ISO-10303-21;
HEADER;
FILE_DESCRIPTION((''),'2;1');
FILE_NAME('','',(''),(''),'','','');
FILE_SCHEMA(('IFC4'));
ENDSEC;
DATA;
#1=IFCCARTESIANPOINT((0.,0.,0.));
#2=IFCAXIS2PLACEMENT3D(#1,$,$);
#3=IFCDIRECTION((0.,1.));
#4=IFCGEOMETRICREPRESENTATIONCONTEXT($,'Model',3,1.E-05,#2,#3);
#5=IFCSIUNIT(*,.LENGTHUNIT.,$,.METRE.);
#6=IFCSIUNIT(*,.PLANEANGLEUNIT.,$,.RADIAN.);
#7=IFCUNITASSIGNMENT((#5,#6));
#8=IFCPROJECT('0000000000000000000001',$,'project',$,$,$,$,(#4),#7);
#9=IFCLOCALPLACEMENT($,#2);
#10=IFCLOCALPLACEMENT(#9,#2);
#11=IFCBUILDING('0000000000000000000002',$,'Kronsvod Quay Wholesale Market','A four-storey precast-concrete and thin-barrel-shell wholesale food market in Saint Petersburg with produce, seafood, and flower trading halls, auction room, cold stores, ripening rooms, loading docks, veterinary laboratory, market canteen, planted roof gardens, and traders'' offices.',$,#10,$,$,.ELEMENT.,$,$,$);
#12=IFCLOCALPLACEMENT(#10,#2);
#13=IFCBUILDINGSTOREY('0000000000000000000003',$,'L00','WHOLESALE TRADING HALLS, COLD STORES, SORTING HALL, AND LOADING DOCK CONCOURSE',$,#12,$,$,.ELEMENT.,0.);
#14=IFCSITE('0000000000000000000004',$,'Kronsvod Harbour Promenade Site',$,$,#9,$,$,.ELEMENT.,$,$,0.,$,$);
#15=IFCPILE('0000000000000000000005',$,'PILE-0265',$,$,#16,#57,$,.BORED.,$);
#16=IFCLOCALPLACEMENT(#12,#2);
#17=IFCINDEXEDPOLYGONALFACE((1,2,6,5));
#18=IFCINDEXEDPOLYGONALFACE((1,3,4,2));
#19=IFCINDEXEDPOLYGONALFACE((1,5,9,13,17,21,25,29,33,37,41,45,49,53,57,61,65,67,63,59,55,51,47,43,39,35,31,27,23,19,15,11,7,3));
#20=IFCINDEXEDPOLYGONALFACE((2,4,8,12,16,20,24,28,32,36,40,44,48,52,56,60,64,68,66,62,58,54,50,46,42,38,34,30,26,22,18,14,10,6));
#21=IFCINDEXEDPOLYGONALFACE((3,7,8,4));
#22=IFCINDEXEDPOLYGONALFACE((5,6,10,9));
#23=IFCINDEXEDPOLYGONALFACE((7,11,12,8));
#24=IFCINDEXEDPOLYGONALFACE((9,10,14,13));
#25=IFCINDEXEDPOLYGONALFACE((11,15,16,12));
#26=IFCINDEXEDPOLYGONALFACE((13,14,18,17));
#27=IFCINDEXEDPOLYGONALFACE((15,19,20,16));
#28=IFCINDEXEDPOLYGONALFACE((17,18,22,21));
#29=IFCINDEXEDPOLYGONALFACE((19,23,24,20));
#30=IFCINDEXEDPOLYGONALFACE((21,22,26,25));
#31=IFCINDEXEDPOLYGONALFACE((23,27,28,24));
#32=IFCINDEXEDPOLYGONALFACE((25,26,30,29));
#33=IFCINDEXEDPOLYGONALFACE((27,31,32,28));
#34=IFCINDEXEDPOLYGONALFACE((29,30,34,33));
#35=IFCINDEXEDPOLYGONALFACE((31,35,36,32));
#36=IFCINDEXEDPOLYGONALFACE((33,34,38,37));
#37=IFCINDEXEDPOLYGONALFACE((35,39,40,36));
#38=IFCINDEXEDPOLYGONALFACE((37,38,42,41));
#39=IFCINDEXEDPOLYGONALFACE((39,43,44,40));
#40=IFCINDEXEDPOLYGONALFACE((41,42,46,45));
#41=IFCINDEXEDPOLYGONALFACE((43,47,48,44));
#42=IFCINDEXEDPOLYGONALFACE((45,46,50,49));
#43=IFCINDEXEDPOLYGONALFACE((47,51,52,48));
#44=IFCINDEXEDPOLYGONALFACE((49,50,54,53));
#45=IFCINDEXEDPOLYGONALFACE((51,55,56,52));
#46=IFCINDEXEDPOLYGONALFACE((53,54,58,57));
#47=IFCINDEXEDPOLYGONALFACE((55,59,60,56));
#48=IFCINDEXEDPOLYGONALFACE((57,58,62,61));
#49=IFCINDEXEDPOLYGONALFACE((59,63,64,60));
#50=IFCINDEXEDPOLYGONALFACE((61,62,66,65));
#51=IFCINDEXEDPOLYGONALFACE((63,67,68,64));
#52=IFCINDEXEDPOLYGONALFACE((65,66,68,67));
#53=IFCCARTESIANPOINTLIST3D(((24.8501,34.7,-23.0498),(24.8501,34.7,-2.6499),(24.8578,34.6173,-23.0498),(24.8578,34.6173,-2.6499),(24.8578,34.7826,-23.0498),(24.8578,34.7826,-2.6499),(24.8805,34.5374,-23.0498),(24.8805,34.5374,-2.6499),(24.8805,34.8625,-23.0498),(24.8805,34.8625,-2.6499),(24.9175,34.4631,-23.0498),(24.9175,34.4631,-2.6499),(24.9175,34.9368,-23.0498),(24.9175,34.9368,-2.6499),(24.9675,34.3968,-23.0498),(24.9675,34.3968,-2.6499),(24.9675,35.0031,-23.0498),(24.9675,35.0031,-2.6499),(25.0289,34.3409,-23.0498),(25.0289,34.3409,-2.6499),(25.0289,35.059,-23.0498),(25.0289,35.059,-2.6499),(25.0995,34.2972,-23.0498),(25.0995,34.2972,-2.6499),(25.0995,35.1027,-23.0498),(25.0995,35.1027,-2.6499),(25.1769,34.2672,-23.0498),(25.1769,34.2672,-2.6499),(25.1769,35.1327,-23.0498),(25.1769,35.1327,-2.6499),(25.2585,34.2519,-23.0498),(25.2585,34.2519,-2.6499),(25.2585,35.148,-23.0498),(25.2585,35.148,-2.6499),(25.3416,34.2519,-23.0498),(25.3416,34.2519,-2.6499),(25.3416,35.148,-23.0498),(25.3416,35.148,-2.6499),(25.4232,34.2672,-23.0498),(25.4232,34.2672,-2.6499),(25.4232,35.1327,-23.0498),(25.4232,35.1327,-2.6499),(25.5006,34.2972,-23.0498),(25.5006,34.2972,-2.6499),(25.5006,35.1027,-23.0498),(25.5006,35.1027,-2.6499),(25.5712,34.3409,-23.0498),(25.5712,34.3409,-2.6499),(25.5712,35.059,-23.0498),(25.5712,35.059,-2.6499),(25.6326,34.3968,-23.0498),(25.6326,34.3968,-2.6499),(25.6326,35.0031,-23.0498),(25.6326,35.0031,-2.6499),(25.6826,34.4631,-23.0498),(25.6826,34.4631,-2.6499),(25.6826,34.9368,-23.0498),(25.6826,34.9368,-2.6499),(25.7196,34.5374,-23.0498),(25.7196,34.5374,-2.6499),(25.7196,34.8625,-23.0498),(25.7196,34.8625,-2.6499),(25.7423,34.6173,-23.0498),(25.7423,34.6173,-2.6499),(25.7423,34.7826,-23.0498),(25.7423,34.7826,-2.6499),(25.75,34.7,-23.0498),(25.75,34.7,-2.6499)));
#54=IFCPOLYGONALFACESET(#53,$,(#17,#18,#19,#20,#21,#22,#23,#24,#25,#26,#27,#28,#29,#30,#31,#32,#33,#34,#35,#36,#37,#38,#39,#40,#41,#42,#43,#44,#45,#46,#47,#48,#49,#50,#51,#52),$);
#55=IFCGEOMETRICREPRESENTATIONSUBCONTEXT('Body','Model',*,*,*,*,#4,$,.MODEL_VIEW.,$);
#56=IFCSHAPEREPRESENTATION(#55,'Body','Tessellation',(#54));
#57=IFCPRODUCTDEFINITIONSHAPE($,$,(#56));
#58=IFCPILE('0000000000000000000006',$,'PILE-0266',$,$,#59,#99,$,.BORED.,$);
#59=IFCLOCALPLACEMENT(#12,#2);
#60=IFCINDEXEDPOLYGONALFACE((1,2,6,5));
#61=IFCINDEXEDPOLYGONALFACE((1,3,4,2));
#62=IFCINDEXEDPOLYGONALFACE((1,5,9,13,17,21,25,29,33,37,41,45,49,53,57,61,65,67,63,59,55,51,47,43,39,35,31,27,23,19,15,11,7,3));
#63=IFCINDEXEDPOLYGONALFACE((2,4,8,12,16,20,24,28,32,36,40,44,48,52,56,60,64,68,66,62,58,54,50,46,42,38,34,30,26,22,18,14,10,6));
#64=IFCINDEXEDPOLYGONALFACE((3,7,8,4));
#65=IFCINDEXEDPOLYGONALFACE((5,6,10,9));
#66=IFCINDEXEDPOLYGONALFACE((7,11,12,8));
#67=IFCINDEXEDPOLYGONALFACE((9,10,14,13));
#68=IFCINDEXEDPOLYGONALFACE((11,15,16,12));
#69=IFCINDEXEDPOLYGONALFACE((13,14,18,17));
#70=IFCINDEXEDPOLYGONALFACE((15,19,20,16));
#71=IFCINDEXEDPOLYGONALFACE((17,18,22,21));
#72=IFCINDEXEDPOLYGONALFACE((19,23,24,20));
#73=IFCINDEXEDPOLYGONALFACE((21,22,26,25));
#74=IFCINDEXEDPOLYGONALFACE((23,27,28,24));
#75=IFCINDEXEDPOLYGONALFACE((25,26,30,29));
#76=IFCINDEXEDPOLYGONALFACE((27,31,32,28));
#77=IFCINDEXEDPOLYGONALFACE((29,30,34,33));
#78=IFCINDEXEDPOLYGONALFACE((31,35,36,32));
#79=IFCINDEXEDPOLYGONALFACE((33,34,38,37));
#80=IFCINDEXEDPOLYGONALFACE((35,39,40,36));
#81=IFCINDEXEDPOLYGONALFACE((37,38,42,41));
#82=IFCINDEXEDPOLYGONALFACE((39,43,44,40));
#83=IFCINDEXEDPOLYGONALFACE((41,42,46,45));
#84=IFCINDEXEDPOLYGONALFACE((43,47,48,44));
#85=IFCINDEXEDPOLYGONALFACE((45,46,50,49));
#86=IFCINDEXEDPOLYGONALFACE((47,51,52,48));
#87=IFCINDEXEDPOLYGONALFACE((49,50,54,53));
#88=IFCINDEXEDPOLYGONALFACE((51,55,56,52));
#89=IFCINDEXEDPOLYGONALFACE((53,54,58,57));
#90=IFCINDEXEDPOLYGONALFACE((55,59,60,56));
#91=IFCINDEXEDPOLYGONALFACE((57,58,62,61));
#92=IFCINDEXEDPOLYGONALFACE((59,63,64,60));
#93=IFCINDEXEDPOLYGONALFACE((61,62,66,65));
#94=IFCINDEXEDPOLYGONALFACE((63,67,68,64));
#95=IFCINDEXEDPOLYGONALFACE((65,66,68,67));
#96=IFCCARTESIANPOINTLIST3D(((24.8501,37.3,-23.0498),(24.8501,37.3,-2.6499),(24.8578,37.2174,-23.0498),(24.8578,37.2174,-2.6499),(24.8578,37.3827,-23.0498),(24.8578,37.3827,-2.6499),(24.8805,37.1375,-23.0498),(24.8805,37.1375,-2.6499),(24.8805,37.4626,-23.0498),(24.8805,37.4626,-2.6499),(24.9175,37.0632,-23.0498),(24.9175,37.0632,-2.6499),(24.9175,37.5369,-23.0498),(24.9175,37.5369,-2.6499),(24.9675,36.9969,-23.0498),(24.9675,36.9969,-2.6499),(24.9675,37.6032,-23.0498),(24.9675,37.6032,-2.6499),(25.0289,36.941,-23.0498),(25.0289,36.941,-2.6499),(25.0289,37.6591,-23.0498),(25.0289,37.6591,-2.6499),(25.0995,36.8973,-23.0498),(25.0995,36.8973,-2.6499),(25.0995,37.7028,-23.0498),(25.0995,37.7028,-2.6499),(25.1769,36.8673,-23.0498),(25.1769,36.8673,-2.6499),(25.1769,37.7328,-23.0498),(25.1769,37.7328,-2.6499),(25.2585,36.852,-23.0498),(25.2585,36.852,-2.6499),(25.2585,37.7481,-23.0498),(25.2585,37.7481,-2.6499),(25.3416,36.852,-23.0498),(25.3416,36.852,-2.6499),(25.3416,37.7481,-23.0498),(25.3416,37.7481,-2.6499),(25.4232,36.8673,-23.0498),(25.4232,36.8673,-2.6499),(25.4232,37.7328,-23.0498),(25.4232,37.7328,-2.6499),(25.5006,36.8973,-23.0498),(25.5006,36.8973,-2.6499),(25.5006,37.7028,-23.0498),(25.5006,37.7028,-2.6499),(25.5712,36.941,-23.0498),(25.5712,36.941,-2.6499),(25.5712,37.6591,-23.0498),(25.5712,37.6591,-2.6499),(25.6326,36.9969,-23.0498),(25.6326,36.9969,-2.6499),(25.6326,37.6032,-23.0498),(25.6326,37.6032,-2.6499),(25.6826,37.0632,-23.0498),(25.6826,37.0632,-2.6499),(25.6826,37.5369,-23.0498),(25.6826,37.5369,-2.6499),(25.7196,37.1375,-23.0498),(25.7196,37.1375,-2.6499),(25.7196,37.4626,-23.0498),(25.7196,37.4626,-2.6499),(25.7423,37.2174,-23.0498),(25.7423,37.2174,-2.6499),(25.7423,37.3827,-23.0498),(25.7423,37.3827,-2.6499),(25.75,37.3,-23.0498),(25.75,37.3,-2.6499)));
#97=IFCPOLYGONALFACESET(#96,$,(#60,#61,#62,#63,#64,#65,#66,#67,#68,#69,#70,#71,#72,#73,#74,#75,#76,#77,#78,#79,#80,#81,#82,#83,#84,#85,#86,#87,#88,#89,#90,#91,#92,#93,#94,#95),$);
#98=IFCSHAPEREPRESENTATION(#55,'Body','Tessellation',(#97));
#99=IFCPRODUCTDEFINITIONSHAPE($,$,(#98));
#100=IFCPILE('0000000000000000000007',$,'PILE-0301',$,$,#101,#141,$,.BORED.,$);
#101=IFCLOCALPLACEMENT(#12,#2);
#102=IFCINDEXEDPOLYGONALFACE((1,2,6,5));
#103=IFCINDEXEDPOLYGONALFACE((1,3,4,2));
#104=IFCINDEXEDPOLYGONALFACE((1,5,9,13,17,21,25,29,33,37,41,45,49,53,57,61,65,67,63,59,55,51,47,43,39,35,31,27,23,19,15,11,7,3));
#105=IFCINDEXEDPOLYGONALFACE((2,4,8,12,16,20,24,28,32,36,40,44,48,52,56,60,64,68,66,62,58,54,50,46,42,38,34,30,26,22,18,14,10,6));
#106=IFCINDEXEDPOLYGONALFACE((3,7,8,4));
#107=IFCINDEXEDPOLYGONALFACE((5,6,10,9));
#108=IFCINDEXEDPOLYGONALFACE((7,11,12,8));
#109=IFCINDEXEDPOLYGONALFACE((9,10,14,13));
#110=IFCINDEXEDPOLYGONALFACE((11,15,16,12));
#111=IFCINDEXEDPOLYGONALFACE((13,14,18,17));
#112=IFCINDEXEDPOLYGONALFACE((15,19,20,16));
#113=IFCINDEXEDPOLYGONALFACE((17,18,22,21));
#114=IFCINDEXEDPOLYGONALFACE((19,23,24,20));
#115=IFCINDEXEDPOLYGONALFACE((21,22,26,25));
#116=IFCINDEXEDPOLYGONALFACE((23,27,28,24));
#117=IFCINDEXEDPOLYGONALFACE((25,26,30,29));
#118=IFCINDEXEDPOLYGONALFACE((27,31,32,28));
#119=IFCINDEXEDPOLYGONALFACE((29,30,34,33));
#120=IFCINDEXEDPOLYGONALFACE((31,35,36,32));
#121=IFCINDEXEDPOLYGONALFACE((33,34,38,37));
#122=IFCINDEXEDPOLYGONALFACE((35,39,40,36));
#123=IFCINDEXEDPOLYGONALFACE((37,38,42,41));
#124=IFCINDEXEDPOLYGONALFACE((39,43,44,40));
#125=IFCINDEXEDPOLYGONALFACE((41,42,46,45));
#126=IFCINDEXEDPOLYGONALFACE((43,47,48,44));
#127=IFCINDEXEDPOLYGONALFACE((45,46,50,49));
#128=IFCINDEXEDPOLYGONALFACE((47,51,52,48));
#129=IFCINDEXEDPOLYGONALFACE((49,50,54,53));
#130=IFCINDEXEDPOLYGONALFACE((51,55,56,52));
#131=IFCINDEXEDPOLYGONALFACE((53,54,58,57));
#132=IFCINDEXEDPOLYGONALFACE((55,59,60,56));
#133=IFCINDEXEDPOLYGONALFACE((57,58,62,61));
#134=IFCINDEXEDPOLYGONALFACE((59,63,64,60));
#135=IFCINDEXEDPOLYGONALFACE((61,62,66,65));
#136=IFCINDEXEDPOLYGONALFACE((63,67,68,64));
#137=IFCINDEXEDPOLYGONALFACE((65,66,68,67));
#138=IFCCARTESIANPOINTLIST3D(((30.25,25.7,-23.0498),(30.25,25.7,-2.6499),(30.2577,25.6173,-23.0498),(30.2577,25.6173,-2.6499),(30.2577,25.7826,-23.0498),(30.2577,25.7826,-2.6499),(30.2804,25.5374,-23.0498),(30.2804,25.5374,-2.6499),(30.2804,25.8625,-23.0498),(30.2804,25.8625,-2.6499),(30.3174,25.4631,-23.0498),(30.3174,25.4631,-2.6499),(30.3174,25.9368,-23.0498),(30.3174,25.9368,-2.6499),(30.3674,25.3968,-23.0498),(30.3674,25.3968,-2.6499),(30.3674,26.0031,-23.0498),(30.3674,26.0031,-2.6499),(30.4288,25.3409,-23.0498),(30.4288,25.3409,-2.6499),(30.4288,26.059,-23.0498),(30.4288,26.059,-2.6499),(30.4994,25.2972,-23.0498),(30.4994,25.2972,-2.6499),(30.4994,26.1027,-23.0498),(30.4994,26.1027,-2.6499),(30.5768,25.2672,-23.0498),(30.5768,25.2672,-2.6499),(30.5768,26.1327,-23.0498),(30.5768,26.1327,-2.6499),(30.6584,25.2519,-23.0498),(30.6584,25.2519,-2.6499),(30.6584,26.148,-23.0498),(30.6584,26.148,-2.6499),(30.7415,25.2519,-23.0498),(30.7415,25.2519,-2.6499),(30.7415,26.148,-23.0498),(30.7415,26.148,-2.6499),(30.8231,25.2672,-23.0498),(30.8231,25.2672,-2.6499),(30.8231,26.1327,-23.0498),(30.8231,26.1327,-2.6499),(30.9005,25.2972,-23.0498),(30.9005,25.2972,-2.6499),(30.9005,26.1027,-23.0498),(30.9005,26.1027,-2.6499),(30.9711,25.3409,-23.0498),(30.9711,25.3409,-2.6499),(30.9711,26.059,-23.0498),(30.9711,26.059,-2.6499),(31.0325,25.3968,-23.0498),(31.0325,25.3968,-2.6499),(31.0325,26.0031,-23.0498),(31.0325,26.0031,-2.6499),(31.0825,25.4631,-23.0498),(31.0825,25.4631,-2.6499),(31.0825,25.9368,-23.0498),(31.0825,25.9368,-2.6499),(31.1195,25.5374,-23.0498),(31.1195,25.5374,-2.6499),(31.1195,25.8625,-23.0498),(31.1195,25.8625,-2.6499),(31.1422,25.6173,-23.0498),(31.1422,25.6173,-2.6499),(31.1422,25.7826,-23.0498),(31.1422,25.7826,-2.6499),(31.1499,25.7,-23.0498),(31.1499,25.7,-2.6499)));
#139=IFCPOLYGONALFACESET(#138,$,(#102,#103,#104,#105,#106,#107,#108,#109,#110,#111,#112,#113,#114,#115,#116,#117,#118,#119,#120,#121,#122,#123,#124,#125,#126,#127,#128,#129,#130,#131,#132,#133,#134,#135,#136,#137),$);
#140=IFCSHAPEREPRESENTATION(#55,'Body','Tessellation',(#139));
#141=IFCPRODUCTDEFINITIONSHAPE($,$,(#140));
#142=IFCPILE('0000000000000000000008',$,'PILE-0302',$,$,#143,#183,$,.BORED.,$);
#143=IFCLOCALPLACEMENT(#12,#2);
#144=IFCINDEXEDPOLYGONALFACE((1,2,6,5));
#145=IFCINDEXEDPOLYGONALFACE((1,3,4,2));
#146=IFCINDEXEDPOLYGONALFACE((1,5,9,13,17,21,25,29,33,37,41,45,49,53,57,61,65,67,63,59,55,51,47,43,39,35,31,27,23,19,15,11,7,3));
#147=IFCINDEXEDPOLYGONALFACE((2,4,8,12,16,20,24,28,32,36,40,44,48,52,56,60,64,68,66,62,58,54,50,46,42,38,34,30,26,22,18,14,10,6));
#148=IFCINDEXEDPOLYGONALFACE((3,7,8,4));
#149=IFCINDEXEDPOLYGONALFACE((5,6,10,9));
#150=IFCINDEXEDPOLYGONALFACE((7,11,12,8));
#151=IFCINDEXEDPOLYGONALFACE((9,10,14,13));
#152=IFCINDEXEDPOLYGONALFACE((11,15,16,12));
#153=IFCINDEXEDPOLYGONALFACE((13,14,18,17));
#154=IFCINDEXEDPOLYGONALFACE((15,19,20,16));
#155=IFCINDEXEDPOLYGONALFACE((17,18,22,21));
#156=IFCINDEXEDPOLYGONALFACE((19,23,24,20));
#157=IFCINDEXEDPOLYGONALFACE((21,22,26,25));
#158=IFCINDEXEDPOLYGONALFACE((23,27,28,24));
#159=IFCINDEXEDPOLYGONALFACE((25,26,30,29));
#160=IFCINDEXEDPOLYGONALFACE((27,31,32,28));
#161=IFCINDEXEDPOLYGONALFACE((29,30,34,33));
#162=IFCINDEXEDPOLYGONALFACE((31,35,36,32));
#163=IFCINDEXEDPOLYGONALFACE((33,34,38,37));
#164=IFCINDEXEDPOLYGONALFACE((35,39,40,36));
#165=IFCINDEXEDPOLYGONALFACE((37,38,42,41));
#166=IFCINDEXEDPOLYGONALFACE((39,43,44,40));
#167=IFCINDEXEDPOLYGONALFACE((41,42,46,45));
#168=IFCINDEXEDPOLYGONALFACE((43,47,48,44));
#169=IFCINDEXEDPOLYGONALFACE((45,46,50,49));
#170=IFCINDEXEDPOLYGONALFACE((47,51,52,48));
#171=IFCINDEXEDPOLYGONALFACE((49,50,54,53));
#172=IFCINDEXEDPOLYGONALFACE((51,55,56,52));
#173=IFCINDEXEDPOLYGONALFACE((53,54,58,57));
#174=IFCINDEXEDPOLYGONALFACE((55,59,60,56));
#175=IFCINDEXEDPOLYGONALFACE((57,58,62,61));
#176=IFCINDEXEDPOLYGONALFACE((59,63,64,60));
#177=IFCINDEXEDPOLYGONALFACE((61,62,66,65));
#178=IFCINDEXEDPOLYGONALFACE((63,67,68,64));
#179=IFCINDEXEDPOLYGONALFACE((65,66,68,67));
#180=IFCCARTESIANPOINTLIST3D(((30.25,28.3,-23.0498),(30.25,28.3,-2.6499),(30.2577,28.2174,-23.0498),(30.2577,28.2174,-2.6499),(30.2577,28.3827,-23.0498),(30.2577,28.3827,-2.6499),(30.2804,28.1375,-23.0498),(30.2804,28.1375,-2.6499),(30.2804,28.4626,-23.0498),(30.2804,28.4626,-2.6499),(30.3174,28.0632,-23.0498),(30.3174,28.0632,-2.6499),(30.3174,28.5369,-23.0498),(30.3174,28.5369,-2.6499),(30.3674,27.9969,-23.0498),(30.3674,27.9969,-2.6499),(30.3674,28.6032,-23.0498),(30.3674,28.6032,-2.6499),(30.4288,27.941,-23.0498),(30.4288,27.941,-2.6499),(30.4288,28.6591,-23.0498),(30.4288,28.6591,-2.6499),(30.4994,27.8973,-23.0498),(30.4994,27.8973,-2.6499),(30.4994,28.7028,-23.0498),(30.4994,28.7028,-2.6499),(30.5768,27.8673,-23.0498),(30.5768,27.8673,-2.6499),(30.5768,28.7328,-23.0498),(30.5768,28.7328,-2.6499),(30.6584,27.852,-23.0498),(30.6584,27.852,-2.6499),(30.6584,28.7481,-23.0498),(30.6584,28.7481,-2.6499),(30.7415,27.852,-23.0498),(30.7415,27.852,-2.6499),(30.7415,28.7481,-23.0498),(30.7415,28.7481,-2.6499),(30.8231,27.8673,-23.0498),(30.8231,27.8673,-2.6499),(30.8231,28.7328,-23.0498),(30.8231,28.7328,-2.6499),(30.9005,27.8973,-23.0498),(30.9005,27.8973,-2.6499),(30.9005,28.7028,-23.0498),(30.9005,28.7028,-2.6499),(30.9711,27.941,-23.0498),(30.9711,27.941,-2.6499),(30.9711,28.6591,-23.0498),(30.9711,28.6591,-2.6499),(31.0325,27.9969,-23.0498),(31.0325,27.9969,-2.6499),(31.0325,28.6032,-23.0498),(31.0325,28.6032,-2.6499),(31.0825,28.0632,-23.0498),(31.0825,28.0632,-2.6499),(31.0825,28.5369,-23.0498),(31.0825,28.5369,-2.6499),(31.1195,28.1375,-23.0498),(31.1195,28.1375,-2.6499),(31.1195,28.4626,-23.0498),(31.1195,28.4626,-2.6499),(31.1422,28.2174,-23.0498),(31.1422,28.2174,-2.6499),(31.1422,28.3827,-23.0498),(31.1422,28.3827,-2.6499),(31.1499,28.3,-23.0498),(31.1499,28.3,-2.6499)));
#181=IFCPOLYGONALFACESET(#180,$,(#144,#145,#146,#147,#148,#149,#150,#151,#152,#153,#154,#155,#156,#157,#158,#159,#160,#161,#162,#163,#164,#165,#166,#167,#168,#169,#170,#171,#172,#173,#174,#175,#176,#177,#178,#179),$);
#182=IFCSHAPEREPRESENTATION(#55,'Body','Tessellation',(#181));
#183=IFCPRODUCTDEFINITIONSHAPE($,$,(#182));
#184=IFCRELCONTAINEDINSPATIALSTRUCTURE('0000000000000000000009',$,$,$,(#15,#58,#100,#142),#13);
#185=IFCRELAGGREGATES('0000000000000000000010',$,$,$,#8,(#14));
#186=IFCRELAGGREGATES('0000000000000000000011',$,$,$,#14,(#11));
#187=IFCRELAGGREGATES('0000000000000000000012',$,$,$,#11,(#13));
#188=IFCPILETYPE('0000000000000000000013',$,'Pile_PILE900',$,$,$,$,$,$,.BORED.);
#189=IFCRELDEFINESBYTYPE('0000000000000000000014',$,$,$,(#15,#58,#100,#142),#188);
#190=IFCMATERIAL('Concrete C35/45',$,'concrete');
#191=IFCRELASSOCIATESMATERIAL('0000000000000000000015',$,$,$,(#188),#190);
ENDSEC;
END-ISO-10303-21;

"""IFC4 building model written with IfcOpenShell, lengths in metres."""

from ifc_helpers import new_model, si_unit, direction, frame, origin, origin_2d, place, context, subcontext, project, spatial, circle, extrude, material, material_profile, profile_set, type_object, element, save


model = new_model("IFC4")

# Units and contexts
model_context = context("Model", 3, precision=1e-05, world=origin(), true_north=direction((0.0, 1.0)))
body_context = subcontext(model_context, "Body", "Model", "MODEL_VIEW")
ifc_project = project(units=[si_unit("LENGTHUNIT", "METRE"), si_unit("PLANEANGLEUNIT", "RADIAN")], contexts=[model_context])

# Site, building, storey
site_placement = place(None, origin())
site = spatial("IfcSite", under=ifc_project, at=site_placement, Name="Kronsvod Harbour Promenade Site", CompositionType="ELEMENT", RefElevation=0.0)
building_placement = place(site_placement, origin())
building = spatial("IfcBuilding", under=site, at=building_placement, Name="Kronsvod Quay Wholesale Market", Description="A four-storey precast-concrete and thin-barrel-shell wholesale food market in Saint Petersburg with produce, seafood, and flower trading halls, auction room, cold stores, ripening rooms, loading docks, veterinary laboratory, market canteen, planted roof gardens, and traders' offices.", CompositionType="ELEMENT")
storey_placement = place(building_placement, origin())
storey = spatial("IfcBuildingStorey", under=building, at=storey_placement, Name="L00", Description="WHOLESALE TRADING HALLS, COLD STORES, SORTING HALL, AND LOADING DOCK CONCOURSE", CompositionType="ELEMENT", Elevation=0.0)

# Piles
ifc_material_1 = material(Name="Concrete C35/45", Category="concrete")
ifc_material_profile_1 = material_profile(ifc_material_1, circle(Radius=0.45, at=origin_2d()), Name="PILE900")
ifc_profile_set_1 = profile_set([ifc_material_profile_1], Name="Concrete C35/45")
pile_type = type_object("IfcPileType", Name="Pile_PILE900", PredefinedType="BORED", material=ifc_profile_set_1)
for number, where, z_axis, x_axis, name in (
    (1, (25.3, 34.7, -2.6499), (0.0, 0.0, -1.0), (1.0, 0.0, 0.0), "PILE-0265"),
    (2, (25.3, 37.3, -2.6499), (0.0, 0.0, -1.0), (1.0, 0.0, 0.0), "PILE-0266"),
    (3, (30.7, 25.7, -2.6499), (0.0, 0.0, -1.0), (1.0, 0.0, 0.0), "PILE-0301"),
    (4, (30.7, 28.3, -2.6499), (0.0, 0.0, -1.0), (1.0, 0.0, 0.0), "PILE-0302"),
):
    element("IfcPile", number, at=place(storey_placement, frame(where, z_axis=z_axis, x_axis=x_axis)), inside=storey, type_object=pile_type, Name=name, PredefinedType="BORED", context=body_context, shape_type="SweptSolid", body=[
        extrude(circle(Radius=0.45, at=origin_2d()), origin(), (0.0, 0.0, 1.0), 20.3999),
    ])

save(model, "model.ifc")
